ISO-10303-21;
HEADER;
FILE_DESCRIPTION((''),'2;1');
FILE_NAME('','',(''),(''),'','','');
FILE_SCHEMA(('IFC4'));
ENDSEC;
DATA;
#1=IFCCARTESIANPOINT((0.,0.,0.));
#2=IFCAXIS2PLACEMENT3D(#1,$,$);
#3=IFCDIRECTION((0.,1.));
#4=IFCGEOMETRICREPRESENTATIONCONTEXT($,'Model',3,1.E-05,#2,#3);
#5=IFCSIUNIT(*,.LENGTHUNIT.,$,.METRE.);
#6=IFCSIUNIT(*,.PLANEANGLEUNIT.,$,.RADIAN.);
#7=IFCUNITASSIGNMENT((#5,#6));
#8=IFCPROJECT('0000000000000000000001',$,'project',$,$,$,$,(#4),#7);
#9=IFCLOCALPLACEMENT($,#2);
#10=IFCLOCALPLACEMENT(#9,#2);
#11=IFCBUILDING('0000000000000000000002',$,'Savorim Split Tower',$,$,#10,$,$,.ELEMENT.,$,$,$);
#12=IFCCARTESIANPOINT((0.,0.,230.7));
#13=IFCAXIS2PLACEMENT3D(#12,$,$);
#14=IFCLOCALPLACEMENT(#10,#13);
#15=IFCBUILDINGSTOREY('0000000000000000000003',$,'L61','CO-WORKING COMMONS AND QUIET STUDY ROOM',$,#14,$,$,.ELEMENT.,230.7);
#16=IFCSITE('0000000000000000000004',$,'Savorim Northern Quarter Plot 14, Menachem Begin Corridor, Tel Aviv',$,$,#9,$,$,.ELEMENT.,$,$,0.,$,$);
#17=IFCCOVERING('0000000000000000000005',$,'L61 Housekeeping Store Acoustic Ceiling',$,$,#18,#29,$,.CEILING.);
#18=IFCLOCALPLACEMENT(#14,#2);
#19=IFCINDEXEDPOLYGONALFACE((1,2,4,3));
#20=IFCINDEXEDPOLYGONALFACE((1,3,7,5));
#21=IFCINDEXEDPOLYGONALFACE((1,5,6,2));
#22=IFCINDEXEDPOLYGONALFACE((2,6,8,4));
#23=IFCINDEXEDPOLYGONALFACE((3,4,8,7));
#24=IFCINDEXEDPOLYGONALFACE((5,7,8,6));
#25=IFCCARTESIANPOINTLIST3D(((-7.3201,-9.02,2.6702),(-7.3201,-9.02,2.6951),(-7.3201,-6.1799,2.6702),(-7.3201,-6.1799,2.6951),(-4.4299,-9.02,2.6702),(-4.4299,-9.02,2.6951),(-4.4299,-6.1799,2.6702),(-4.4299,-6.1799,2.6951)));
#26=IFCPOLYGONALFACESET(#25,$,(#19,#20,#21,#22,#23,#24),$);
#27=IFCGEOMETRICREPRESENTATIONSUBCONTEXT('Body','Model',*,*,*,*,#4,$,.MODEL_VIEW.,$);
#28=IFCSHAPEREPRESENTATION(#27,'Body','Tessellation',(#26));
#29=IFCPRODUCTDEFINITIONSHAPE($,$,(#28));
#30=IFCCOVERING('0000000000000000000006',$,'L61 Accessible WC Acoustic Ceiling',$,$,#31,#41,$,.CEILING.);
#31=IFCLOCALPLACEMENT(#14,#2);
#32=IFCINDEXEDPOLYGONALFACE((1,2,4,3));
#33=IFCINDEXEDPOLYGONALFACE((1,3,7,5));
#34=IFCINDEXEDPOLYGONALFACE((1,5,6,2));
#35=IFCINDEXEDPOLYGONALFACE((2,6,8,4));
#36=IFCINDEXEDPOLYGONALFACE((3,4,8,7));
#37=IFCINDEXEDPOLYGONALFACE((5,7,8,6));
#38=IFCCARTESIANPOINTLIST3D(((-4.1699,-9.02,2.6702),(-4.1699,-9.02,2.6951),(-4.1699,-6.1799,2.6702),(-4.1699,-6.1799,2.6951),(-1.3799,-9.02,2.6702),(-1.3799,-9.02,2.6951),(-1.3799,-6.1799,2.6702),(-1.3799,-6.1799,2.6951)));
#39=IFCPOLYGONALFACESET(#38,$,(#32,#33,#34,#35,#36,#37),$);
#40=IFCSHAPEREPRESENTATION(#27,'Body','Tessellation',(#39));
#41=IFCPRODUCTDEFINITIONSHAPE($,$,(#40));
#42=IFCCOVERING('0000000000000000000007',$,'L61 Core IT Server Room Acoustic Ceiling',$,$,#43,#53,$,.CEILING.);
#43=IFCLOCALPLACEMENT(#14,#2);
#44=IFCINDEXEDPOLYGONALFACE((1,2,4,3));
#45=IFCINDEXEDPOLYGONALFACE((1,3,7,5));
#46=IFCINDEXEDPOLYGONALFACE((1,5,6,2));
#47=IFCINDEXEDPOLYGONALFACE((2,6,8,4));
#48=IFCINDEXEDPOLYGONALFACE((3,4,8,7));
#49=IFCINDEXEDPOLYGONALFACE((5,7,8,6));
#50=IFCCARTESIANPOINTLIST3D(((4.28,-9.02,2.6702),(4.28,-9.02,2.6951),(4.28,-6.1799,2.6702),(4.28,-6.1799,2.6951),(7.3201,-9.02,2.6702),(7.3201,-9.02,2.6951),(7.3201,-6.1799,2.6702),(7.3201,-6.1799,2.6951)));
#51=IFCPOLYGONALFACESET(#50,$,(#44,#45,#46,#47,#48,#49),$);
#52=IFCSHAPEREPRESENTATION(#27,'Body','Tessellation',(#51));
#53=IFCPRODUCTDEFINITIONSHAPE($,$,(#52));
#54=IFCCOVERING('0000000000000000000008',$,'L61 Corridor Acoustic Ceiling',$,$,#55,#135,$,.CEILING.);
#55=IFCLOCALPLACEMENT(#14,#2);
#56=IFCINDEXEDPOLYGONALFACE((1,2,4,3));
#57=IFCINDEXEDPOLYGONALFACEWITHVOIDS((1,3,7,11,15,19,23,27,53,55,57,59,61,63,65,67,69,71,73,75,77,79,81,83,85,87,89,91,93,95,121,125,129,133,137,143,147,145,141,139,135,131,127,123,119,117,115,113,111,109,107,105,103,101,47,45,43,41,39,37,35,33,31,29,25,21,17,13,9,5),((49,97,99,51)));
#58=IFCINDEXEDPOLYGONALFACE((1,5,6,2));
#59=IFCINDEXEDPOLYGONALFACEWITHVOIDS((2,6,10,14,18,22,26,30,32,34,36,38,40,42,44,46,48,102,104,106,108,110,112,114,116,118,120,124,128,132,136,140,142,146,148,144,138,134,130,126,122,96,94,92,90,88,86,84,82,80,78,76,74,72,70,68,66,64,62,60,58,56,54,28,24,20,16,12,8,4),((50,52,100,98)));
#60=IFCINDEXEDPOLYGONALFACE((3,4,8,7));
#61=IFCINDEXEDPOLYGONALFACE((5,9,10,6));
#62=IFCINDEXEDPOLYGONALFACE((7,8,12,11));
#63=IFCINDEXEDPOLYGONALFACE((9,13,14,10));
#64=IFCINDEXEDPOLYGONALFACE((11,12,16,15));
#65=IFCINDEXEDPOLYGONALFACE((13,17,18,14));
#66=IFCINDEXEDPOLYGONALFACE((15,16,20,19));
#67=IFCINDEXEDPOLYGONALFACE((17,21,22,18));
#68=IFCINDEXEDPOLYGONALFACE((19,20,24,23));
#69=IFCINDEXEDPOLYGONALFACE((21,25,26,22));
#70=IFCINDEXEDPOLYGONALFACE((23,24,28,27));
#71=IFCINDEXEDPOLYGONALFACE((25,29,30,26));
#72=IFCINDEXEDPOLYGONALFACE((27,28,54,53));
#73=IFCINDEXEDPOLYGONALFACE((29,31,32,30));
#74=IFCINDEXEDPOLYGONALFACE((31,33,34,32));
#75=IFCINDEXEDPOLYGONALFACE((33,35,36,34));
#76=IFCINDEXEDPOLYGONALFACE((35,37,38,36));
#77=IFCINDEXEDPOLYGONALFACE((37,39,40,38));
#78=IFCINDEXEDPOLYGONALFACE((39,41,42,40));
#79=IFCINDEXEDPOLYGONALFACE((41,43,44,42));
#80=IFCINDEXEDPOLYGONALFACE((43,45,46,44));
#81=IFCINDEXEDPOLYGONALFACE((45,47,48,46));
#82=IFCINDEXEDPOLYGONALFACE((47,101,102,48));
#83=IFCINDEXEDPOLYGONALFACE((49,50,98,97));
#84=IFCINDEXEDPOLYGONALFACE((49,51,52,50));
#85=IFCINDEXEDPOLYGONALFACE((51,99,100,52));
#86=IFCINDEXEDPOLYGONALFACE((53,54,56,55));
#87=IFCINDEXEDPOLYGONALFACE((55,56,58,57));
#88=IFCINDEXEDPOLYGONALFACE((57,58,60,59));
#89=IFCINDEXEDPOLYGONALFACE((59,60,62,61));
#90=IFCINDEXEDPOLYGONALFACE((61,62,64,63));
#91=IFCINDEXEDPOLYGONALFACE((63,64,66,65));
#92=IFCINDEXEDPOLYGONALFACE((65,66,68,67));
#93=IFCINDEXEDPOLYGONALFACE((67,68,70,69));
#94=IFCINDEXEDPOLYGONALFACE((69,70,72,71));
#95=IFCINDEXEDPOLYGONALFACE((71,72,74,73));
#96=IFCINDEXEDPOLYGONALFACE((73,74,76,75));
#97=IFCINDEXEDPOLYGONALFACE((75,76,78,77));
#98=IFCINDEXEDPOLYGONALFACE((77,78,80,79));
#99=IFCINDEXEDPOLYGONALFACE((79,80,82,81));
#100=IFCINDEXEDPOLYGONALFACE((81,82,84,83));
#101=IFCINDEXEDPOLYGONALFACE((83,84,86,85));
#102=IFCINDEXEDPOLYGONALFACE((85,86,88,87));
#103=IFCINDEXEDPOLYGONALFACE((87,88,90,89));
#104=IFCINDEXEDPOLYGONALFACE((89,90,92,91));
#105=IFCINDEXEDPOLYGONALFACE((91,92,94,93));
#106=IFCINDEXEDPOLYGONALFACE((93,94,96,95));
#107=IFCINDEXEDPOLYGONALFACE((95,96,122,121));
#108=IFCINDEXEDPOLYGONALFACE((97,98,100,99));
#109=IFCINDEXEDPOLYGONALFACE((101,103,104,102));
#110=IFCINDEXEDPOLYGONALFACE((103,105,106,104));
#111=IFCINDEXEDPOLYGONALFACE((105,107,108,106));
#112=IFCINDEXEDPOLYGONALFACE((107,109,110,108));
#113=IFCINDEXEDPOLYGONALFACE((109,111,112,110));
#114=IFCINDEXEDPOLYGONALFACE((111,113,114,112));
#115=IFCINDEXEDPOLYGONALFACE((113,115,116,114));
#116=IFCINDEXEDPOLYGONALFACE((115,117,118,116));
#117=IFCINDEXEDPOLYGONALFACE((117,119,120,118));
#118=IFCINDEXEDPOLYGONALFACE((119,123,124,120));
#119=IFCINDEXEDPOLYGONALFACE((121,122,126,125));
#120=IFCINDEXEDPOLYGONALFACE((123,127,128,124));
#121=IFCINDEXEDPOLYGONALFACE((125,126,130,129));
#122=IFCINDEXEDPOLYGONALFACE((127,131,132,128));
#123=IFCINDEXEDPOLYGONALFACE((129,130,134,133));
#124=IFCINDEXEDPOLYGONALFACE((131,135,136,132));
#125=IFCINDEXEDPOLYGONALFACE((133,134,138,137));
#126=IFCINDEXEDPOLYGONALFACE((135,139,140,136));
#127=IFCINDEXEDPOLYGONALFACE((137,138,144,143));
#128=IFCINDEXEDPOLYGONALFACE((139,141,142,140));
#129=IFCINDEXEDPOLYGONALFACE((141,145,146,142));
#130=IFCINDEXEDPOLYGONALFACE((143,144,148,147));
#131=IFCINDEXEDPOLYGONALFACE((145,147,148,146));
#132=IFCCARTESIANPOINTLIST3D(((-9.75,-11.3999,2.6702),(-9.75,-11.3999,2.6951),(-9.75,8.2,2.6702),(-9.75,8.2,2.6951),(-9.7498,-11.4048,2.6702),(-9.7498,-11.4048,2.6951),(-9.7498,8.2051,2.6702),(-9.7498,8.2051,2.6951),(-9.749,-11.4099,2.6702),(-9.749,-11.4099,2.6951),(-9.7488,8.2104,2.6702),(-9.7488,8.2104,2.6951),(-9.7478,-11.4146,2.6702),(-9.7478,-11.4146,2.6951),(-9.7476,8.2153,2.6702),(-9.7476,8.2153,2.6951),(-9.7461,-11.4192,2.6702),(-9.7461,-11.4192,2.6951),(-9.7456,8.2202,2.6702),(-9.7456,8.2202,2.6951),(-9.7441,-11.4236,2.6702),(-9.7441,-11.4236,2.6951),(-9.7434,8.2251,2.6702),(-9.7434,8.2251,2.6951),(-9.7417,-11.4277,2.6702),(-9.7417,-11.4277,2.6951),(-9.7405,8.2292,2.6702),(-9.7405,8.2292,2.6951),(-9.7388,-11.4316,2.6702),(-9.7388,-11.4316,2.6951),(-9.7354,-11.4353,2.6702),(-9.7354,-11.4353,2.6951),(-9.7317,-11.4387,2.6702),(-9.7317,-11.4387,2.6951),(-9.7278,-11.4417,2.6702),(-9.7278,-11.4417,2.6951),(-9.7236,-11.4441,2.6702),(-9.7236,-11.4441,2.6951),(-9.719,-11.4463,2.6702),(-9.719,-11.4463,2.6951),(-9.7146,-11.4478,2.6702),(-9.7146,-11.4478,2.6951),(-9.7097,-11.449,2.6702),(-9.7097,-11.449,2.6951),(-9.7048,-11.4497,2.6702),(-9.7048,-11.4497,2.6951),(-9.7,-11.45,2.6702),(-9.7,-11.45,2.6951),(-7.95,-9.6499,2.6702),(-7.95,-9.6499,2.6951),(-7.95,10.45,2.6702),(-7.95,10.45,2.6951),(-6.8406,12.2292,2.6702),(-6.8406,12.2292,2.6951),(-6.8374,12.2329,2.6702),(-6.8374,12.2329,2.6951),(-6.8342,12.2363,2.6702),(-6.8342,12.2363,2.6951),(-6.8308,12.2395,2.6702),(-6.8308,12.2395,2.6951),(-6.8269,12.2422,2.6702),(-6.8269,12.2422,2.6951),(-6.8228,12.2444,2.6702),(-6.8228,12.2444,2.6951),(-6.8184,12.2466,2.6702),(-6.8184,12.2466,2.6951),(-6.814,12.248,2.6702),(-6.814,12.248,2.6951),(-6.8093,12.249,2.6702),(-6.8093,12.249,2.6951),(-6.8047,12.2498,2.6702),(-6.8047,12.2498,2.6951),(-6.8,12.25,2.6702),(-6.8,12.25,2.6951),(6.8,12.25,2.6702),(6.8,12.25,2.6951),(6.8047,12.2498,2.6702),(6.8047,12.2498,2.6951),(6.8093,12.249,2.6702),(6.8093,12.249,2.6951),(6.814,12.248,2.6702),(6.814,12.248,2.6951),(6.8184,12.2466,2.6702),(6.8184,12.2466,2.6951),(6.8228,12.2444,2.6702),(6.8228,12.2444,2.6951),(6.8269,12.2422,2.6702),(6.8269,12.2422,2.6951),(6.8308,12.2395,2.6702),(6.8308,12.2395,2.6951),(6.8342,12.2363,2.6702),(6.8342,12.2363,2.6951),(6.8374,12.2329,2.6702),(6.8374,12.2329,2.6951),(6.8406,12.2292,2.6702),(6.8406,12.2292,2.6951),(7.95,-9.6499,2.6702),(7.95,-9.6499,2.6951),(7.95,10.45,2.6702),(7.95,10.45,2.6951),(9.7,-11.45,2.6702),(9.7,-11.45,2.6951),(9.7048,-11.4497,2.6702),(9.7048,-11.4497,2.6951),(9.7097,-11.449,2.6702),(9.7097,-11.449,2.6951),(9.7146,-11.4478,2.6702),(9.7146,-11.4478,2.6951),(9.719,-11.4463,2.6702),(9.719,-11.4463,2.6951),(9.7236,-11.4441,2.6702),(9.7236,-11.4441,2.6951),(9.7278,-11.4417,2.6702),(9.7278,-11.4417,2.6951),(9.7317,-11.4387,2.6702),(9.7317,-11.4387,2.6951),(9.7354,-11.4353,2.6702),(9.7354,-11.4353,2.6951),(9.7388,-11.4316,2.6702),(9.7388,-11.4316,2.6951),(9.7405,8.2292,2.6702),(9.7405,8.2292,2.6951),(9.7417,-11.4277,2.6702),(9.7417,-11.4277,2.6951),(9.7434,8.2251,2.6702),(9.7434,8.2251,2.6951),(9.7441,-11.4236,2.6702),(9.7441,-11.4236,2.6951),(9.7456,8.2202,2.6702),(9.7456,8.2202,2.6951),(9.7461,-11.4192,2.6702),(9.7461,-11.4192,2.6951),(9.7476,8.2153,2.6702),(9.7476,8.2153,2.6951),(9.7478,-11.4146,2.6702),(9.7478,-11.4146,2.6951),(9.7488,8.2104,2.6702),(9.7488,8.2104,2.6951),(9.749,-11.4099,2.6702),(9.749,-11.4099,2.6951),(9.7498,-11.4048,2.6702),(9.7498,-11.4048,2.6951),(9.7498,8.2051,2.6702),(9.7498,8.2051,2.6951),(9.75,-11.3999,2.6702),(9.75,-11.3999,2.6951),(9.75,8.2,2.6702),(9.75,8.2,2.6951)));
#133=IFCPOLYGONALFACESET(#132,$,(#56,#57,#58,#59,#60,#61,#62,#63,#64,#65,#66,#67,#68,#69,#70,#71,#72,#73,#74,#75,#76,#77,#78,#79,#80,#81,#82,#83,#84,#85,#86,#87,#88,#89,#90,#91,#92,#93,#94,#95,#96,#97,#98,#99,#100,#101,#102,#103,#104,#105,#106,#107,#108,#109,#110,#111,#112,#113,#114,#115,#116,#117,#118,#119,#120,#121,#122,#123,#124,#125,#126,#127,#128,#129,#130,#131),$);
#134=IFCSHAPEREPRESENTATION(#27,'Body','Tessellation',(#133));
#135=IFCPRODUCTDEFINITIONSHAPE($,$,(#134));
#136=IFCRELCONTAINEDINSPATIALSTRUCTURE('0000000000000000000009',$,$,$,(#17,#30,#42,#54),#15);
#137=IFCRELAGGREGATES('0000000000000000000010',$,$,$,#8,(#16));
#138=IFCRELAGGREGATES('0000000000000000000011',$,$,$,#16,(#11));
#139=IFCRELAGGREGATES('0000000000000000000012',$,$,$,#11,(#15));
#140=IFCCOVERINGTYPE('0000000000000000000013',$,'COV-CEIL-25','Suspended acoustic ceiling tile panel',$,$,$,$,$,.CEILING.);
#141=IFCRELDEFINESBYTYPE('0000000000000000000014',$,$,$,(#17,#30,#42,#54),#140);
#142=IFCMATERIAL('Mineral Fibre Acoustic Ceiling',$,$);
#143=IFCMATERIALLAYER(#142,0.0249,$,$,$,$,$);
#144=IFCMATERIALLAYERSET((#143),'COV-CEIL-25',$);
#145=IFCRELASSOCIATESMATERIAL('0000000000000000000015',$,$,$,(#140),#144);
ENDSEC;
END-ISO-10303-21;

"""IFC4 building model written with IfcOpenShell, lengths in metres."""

from ifc_helpers import new_model, si_unit, direction, frame, origin, place, context, subcontext, project, spatial, polyline, outline, extrude, material, layer, layer_set, type_object, element, save


model = new_model("IFC4")

# Units and contexts
model_context = context("Model", 3, precision=1e-05, world=origin(), true_north=direction((0.0, 1.0)))
body_context = subcontext(model_context, "Body", "Model", "MODEL_VIEW")
ifc_project = project(units=[si_unit("LENGTHUNIT", "METRE"), si_unit("PLANEANGLEUNIT", "RADIAN")], contexts=[model_context])

# Site, building, storey
site_placement = place(None, origin())
site = spatial("IfcSite", under=ifc_project, at=site_placement, Name="Savorim Northern Quarter Plot 14, Menachem Begin Corridor, Tel Aviv", CompositionType="ELEMENT", RefElevation=0.0)
building_placement = place(site_placement, origin())
building = spatial("IfcBuilding", under=site, at=building_placement, Name="Savorim Split Tower", CompositionType="ELEMENT")
storey_placement = place(building_placement, frame((0.0, 0.0, 230.7)))
storey = spatial("IfcBuildingStorey", under=building, at=storey_placement, Name="L61", Description="CO-WORKING COMMONS AND QUIET STUDY ROOM", CompositionType="ELEMENT", Elevation=230.7)

# Coverings
ifc_material_1 = material(Name="Mineral Fibre Acoustic Ceiling")
ifc_layer_1 = layer(ifc_material_1, 0.0249)
ifc_layer_set_1 = layer_set([ifc_layer_1], Name="COV-CEIL-25")
covering_type_1 = type_object("IfcCoveringType", Name="COV-CEIL-25", Description="Suspended acoustic ceiling tile panel", PredefinedType="CEILING", material=ifc_layer_set_1)
covering_1_placement = place(storey_placement, frame((0.0, 0.0, 2.6702)))
element("IfcCovering", 1, at=covering_1_placement, inside=storey, type_object=covering_type_1, Name="L61 Housekeeping Store Acoustic Ceiling", PredefinedType="CEILING", context=body_context, shape_type="SweptSolid", body=[
    extrude(outline(polyline([(-7.3201, -6.1799), (-7.3201, -9.02), (-4.4299, -9.02), (-4.4299, -6.1799), (-7.3201, -6.1799)])), origin(), (0.0, 0.0, 1.0), 0.0249),
])
covering_2_placement = place(storey_placement, frame((0.0, 0.0, 2.6702)))
element("IfcCovering", 2, at=covering_2_placement, inside=storey, type_object=covering_type_1, Name="L61 Accessible WC Acoustic Ceiling", PredefinedType="CEILING", context=body_context, shape_type="SweptSolid", body=[
    extrude(outline(polyline([(-4.1699, -6.1799), (-4.1699, -9.02), (-1.3799, -9.02), (-1.3799, -6.1799), (-4.1699, -6.1799)])), origin(), (0.0, 0.0, 1.0), 0.0249),
])
covering_3_placement = place(storey_placement, frame((0.0, 0.0, 2.6702)))
element("IfcCovering", 3, at=covering_3_placement, inside=storey, type_object=covering_type_1, Name="L61 Core IT Server Room Acoustic Ceiling", PredefinedType="CEILING", context=body_context, shape_type="SweptSolid", body=[
    extrude(outline(polyline([(4.28, -6.1799), (4.28, -9.02), (7.3201, -9.02), (7.3201, -6.1799), (4.28, -6.1799)])), origin(), (0.0, 0.0, 1.0), 0.0249),
])
covering_4_placement = place(storey_placement, frame((0.0, 0.0, 2.6702)))
element("IfcCovering", 4, at=covering_4_placement, inside=storey, type_object=covering_type_1, Name="L61 Corridor Acoustic Ceiling", PredefinedType="CEILING", context=body_context, shape_type="SweptSolid", body=[
    extrude(outline(polyline([(6.8093, 12.249), (6.8047, 12.2498), (6.8, 12.25), (-6.8, 12.25), (-6.8047, 12.2498), (-6.8093, 12.249), (-6.814, 12.248), (-6.8184, 12.2466), (-6.8228, 12.2444), (-6.8269, 12.2422), (-6.8308, 12.2395), (-6.8342, 12.2363), (-6.8374, 12.2329), (-6.8406, 12.2292), (-9.7405, 8.2292), (-9.7434, 8.2251), (-9.7456, 8.2202), (-9.7476, 8.2153), (-9.7488, 8.2104), (-9.7498, 8.2051), (-9.75, 8.2), (-9.75, -11.3999), (-9.7498, -11.4048), (-9.749, -11.4099), (-9.7478, -11.4146), (-9.7461, -11.4192), (-9.7441, -11.4236), (-9.7417, -11.4277), (-9.7388, -11.4316), (-9.7354, -11.4353), (-9.7317, -11.4387), (-9.7278, -11.4417), (-9.7236, -11.4441), (-9.719, -11.4463), (-9.7146, -11.4478), (-9.7097, -11.449), (-9.7048, -11.4497), (-9.7, -11.45), (9.7, -11.45), (9.7048, -11.4497), (9.7097, -11.449), (9.7146, -11.4478), (9.719, -11.4463), (9.7236, -11.4441), (9.7278, -11.4417), (9.7317, -11.4387), (9.7354, -11.4353), (9.7388, -11.4316), (9.7417, -11.4277), (9.7441, -11.4236), (9.7461, -11.4192), (9.7478, -11.4146), (9.749, -11.4099), (9.7498, -11.4048), (9.75, -11.3999), (9.75, 8.2), (9.7498, 8.2051), (9.7488, 8.2104), (9.7476, 8.2153), (9.7456, 8.2202), (9.7434, 8.2251), (9.7405, 8.2292), (6.8406, 12.2292), (6.8374, 12.2329), (6.8342, 12.2363), (6.8308, 12.2395), (6.8269, 12.2422), (6.8228, 12.2444), (6.8184, 12.2466), (6.814, 12.248), (6.8093, 12.249)]), holes=[polyline([(-7.95, 10.45), (-7.95, -9.6499), (7.95, -9.6499), (7.95, 10.45), (-7.95, 10.45)])]), origin(), (0.0, 0.0, 1.0), 0.0249),
])

save(model, "model.ifc")
